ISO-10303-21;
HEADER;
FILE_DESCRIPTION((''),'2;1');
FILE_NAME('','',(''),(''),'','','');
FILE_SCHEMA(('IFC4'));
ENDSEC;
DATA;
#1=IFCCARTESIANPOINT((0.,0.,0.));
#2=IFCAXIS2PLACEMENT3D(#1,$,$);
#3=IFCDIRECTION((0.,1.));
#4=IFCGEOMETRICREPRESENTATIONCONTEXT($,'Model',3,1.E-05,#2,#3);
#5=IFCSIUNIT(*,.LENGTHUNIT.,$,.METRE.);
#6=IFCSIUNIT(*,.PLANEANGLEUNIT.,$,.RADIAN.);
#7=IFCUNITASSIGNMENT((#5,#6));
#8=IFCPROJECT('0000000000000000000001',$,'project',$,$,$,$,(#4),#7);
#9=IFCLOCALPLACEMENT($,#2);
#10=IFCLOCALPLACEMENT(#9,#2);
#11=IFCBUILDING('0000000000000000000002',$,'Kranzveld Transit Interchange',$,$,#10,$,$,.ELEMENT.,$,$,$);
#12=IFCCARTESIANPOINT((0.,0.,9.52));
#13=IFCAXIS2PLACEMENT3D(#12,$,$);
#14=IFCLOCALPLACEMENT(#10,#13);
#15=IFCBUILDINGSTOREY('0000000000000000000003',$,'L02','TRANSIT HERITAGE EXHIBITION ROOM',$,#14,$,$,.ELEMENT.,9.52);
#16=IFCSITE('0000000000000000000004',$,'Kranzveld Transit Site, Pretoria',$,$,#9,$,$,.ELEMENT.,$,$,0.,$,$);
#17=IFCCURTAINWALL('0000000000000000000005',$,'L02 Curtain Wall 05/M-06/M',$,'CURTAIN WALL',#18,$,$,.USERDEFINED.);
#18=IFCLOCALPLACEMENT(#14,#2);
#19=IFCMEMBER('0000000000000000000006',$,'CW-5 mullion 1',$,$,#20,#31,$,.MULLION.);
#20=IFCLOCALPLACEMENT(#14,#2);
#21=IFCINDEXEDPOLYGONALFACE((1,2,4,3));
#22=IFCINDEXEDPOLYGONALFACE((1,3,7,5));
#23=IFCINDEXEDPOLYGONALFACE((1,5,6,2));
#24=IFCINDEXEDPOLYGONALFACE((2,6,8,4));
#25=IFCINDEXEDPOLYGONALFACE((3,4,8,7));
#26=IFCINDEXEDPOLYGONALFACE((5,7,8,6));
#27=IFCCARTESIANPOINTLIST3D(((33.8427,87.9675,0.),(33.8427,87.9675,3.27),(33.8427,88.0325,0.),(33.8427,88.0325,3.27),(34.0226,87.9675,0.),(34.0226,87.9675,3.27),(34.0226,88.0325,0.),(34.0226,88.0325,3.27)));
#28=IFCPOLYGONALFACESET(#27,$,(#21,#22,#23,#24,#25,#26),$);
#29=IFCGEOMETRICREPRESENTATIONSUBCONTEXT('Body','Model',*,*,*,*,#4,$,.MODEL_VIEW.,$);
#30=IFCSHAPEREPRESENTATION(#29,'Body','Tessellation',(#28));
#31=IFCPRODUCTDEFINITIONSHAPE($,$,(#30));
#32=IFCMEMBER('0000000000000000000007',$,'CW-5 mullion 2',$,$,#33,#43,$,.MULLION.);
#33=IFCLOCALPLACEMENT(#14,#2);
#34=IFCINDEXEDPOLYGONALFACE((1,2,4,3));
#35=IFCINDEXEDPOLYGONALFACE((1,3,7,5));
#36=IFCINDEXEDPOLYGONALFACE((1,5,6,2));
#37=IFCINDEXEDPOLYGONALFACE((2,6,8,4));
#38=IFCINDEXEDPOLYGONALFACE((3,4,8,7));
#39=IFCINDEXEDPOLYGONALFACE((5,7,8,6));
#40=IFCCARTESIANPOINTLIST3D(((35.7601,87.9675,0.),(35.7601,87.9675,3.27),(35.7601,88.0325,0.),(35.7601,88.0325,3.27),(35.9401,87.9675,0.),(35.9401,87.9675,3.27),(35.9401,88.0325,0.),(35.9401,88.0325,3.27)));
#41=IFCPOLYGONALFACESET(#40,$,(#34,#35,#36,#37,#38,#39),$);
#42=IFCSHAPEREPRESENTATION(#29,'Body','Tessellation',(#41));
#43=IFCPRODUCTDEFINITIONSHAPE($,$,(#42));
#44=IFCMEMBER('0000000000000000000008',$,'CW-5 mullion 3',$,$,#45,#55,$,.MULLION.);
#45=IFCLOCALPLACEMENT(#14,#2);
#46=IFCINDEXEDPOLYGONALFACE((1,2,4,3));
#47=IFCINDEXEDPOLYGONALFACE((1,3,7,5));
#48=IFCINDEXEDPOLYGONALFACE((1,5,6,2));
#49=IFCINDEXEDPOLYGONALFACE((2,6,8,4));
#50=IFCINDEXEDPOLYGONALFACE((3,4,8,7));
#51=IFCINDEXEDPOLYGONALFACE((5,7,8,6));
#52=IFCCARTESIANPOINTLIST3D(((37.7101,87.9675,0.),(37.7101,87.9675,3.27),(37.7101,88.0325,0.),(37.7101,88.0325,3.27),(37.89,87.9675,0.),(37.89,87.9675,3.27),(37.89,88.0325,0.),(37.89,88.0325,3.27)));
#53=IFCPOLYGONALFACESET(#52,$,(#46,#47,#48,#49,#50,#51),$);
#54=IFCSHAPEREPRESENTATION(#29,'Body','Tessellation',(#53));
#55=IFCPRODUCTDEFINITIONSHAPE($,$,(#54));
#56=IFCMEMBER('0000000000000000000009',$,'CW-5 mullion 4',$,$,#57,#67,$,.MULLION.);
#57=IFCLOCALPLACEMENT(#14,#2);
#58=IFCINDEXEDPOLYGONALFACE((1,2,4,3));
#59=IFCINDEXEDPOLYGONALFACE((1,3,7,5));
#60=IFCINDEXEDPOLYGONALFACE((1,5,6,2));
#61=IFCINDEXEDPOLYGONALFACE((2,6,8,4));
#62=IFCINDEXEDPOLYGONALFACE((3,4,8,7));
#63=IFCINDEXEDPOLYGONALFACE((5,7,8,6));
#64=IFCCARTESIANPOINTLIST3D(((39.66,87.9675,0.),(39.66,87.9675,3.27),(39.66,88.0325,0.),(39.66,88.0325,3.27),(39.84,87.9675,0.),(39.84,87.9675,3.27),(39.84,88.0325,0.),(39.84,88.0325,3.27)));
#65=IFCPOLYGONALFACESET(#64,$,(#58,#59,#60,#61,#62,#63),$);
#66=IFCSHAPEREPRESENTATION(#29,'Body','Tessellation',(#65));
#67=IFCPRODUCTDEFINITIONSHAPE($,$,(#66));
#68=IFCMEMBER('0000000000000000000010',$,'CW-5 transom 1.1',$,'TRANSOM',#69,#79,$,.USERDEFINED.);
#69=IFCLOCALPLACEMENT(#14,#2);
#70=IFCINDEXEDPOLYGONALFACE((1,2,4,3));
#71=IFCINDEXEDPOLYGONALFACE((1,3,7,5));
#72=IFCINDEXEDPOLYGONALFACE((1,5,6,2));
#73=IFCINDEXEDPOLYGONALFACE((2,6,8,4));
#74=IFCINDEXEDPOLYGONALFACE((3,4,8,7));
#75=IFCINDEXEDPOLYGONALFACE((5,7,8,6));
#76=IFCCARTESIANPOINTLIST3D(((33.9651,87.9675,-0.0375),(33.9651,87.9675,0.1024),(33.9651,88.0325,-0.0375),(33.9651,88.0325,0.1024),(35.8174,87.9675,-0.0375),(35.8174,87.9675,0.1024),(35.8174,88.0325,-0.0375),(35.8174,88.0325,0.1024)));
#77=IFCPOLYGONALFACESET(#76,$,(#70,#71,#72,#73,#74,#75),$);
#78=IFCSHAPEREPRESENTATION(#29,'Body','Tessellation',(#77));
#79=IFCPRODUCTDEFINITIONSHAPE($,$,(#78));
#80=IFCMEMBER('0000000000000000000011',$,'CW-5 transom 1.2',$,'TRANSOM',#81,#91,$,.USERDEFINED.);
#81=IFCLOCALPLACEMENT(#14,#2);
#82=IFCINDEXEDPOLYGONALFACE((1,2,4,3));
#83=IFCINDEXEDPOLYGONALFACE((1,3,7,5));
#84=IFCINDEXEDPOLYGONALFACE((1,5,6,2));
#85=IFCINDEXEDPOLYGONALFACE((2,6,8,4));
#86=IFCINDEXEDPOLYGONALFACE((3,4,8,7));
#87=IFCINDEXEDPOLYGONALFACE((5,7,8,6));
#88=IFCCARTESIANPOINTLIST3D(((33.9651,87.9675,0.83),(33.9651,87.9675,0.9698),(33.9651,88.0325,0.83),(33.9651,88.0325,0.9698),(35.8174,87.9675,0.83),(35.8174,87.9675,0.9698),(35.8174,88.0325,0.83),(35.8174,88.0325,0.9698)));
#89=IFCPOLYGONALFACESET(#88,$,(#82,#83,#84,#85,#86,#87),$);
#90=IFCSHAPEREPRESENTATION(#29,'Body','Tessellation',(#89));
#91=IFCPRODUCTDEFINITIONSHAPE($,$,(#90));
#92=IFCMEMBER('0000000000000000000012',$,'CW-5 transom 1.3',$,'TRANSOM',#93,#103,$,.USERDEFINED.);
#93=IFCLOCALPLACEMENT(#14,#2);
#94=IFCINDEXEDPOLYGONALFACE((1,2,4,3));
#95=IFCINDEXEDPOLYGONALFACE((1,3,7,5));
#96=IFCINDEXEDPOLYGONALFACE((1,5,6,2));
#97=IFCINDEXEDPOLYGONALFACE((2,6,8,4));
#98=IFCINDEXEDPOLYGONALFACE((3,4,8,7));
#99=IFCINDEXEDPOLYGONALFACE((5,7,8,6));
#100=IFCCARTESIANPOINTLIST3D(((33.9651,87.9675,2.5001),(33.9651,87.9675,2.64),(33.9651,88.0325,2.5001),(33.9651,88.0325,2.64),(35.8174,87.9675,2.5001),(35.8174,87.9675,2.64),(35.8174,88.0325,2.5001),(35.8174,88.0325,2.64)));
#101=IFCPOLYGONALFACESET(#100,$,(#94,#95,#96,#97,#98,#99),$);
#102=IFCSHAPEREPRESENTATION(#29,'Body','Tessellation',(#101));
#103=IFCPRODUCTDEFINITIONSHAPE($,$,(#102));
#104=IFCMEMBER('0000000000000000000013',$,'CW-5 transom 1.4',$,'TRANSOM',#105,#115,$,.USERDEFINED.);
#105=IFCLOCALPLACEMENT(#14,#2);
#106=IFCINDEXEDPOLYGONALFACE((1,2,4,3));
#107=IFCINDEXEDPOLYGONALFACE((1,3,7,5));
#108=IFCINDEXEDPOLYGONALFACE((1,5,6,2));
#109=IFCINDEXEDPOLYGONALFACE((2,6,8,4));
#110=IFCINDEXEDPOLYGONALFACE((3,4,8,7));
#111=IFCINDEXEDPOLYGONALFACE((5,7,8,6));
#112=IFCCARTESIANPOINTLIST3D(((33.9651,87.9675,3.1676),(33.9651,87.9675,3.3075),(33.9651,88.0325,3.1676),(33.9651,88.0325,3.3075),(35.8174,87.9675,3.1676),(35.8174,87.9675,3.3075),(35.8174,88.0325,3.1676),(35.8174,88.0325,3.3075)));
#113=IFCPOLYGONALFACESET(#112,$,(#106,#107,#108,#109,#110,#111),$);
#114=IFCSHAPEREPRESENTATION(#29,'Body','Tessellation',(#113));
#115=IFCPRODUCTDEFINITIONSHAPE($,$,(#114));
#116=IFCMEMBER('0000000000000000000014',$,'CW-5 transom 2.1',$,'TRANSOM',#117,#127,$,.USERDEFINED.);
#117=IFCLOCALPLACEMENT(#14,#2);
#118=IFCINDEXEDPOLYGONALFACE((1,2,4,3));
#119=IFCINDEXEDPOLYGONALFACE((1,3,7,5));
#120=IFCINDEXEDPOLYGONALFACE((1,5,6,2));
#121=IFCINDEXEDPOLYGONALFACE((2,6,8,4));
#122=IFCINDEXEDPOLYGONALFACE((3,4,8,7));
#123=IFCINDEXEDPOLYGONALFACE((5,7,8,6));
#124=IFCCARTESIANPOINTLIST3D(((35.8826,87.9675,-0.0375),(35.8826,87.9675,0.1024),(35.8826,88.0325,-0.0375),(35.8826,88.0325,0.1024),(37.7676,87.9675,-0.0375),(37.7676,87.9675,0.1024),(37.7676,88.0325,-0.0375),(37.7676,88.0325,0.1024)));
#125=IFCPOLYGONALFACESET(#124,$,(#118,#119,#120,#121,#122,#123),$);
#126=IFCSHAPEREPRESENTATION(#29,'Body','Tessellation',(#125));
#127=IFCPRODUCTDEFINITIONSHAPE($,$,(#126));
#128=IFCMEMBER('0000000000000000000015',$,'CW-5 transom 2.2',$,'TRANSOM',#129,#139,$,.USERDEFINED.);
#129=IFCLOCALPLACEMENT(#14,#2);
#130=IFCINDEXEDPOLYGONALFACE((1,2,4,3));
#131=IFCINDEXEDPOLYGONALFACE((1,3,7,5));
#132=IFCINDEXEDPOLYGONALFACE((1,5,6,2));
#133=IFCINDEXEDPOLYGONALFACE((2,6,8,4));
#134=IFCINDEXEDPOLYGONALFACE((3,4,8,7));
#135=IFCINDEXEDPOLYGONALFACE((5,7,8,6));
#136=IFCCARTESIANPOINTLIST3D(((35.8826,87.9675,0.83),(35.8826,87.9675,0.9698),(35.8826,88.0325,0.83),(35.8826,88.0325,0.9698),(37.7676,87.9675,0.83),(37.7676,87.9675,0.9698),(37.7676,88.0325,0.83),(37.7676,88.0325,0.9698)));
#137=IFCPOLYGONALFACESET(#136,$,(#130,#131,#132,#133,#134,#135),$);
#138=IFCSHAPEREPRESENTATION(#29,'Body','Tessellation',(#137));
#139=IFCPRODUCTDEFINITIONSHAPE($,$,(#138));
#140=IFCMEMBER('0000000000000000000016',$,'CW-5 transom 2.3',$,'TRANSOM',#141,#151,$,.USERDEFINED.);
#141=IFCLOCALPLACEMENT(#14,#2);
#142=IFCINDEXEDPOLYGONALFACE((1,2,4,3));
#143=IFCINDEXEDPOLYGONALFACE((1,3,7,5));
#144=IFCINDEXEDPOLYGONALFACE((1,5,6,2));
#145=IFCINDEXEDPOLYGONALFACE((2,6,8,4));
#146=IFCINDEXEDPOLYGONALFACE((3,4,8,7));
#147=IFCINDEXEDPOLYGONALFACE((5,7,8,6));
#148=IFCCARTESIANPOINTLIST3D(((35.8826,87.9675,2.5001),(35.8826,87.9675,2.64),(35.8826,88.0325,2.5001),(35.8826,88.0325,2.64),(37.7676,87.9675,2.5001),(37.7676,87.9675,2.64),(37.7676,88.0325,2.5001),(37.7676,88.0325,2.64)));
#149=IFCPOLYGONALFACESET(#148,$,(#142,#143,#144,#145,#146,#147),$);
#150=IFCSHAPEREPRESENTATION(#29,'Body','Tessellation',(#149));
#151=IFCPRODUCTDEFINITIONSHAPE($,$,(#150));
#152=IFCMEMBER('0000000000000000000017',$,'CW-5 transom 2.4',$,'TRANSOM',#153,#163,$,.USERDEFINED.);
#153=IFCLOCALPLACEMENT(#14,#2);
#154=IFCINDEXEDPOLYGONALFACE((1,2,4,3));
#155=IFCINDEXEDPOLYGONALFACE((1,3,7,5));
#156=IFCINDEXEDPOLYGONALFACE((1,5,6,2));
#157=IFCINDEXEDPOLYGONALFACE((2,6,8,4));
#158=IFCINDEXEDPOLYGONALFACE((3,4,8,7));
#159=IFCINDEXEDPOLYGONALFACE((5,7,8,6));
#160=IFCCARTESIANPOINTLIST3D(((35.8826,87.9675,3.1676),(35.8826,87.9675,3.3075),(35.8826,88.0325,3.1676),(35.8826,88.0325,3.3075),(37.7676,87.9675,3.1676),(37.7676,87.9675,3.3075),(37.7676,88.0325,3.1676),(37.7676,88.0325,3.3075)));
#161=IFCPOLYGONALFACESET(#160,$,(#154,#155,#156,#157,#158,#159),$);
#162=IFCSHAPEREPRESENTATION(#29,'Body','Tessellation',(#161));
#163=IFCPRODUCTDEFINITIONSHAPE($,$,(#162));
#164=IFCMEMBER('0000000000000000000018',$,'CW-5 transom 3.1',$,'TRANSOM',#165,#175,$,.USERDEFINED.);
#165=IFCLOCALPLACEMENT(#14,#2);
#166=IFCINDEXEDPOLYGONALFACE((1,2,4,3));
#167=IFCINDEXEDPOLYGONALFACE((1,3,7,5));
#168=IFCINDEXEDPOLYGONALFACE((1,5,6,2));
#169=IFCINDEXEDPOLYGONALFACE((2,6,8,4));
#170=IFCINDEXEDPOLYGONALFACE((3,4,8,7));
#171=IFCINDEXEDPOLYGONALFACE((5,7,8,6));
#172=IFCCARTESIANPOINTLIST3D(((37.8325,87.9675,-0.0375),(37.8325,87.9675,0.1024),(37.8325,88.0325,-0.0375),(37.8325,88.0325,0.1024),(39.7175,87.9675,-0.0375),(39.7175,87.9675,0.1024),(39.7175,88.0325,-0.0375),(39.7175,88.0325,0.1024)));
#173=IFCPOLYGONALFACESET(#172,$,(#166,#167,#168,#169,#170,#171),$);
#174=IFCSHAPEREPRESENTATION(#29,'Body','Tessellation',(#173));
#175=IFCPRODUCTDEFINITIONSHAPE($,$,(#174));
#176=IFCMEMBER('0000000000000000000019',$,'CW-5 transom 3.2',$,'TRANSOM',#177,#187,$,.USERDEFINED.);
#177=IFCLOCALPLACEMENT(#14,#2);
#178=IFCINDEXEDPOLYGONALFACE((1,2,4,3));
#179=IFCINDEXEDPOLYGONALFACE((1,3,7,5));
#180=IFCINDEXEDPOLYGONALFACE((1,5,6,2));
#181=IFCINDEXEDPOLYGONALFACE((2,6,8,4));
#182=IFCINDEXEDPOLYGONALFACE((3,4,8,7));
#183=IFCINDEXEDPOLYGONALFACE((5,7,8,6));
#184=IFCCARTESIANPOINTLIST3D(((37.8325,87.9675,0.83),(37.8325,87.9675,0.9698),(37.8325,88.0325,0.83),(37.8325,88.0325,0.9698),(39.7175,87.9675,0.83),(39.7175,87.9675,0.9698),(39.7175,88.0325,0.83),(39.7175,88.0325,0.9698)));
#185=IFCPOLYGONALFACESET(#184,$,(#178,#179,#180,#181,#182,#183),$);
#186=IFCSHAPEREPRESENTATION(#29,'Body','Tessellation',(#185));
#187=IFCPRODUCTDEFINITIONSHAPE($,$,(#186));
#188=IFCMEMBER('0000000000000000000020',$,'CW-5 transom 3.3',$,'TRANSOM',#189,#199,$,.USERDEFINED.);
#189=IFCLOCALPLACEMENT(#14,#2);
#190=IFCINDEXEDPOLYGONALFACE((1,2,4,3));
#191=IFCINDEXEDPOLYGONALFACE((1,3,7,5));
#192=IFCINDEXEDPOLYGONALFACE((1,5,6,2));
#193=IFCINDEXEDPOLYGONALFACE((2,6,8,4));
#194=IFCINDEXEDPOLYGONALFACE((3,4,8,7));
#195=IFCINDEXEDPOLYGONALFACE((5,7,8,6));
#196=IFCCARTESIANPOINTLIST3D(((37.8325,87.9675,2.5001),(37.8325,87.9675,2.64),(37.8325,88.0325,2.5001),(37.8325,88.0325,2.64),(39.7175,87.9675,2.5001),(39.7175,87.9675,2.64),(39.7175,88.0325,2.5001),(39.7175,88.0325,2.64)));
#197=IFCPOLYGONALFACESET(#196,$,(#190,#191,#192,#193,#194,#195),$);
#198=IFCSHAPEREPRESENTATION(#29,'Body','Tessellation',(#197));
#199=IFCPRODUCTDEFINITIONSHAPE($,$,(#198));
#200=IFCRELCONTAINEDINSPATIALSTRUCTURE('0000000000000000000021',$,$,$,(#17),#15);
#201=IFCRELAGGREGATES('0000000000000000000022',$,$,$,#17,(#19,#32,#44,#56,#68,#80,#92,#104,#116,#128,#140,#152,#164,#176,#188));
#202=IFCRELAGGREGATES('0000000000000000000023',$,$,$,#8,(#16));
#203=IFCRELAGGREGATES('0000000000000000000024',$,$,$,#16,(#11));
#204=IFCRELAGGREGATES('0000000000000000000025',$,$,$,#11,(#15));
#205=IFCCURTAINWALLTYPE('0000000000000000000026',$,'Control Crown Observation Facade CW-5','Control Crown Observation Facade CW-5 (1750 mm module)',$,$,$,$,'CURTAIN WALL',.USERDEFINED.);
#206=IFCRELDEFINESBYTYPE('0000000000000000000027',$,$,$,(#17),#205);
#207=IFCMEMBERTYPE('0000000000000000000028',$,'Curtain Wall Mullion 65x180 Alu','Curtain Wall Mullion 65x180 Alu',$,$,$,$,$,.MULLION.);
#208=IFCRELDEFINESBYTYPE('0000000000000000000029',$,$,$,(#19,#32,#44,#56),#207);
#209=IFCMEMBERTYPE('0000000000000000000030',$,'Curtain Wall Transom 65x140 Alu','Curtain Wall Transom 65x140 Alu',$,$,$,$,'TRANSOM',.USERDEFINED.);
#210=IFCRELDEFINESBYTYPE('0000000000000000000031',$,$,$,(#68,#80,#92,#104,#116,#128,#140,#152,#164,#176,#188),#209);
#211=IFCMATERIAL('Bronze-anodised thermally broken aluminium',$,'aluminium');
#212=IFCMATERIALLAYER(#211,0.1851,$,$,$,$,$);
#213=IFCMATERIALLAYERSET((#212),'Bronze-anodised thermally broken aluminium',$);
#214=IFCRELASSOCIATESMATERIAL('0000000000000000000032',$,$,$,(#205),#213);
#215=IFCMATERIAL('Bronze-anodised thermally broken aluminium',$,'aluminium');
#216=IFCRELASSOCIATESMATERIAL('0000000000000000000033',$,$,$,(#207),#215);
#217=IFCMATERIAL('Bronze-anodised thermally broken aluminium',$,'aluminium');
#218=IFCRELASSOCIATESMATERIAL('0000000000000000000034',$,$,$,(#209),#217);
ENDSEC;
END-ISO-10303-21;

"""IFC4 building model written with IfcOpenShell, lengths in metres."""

from ifc_helpers import new_model, si_unit, direction, frame, origin, origin_2d, place, context, subcontext, project, spatial, rectangle, extrude, material, layer, layer_set, material_profile, profile_set, type_object, element, aggregate, save


model = new_model("IFC4")

# Units and contexts
model_context = context("Model", 3, precision=1e-05, world=origin(), true_north=direction((0.0, 1.0)))
body_context = subcontext(model_context, "Body", "Model", "MODEL_VIEW")
ifc_project = project(units=[si_unit("LENGTHUNIT", "METRE"), si_unit("PLANEANGLEUNIT", "RADIAN")], contexts=[model_context])

# Site, building, storey
site_placement = place(None, origin())
site = spatial("IfcSite", under=ifc_project, at=site_placement, Name="Kranzveld Transit Site, Pretoria", CompositionType="ELEMENT", RefElevation=0.0)
building_placement = place(site_placement, origin())
building = spatial("IfcBuilding", under=site, at=building_placement, Name="Kranzveld Transit Interchange", CompositionType="ELEMENT")
storey_placement = place(building_placement, frame((0.0, 0.0, 9.52)))
storey = spatial("IfcBuildingStorey", under=building, at=storey_placement, Name="L02", Description="TRANSIT HERITAGE EXHIBITION ROOM", CompositionType="ELEMENT", Elevation=9.52)

# Curtain wall, members
ifc_material_1 = material(Name="Bronze-anodised thermally broken aluminium", Category="aluminium")
ifc_layer_1 = layer(ifc_material_1, 0.1851)
ifc_layer_set_1 = layer_set([ifc_layer_1], Name="Bronze-anodised thermally broken aluminium")
curtain_wall_type = type_object("IfcCurtainWallType", Name="Control Crown Observation Facade CW-5", Description="Control Crown Observation Facade CW-5 (1750 mm module)", ElementType="CURTAIN WALL", PredefinedType="USERDEFINED", material=ifc_layer_set_1)
curtain_wall_placement = place(storey_placement, origin())
curtain_wall = element("IfcCurtainWall", 1, at=curtain_wall_placement, inside=storey, type_object=curtain_wall_type, Name="L02 Curtain Wall 05/M-06/M", ObjectType="CURTAIN WALL", PredefinedType="USERDEFINED")
ifc_material_2 = material(Name="Bronze-anodised thermally broken aluminium", Category="aluminium")
ifc_material_profile_1 = material_profile(ifc_material_2, rectangle(XDim=0.0649, YDim=0.1799, at=origin_2d()), Name="ALU MULLION 65x180")
ifc_profile_set_1 = profile_set([ifc_material_profile_1], Name="Bronze-anodised thermally broken aluminium")
member_type_1 = type_object("IfcMemberType", Name="Curtain Wall Mullion 65x180 Alu", Description="Curtain Wall Mullion 65x180 Alu", PredefinedType="MULLION", material=ifc_profile_set_1)
member_1_placement = place(storey_placement, frame((33.9326, 88.0, 0.0), z_axis=(0.0, 0.0, 1.0), x_axis=(0.0, 1.0, 0.0)))
member_1 = element("IfcMember", 2, at=member_1_placement, type_object=member_type_1, Name="CW-5 mullion 1", PredefinedType="MULLION", context=body_context, shape_type="SweptSolid", body=[
    extrude(rectangle(XDim=0.0649, YDim=0.1799, at=origin_2d()), origin(), (0.0, 0.0, 1.0), 3.27),
])
member_2_placement = place(storey_placement, frame((35.8501, 88.0, 0.0), z_axis=(0.0, 0.0, 1.0), x_axis=(0.0, 1.0, 0.0)))
member_2 = element("IfcMember", 3, at=member_2_placement, type_object=member_type_1, Name="CW-5 mullion 2", PredefinedType="MULLION", context=body_context, shape_type="SweptSolid", body=[
    extrude(rectangle(XDim=0.0649, YDim=0.1799, at=origin_2d()), origin(), (0.0, 0.0, 1.0), 3.27),
])
member_3_placement = place(storey_placement, frame((37.8, 88.0, 0.0), z_axis=(0.0, 0.0, 1.0), x_axis=(0.0, 1.0, 0.0)))
member_3 = element("IfcMember", 4, at=member_3_placement, type_object=member_type_1, Name="CW-5 mullion 3", PredefinedType="MULLION", context=body_context, shape_type="SweptSolid", body=[
    extrude(rectangle(XDim=0.0649, YDim=0.1799, at=origin_2d()), origin(), (0.0, 0.0, 1.0), 3.27),
])
member_4_placement = place(storey_placement, frame((39.75, 88.0, 0.0), z_axis=(0.0, 0.0, 1.0), x_axis=(0.0, 1.0, 0.0)))
member_4 = element("IfcMember", 5, at=member_4_placement, type_object=member_type_1, Name="CW-5 mullion 4", PredefinedType="MULLION", context=body_context, shape_type="SweptSolid", body=[
    extrude(rectangle(XDim=0.0649, YDim=0.1799, at=origin_2d()), origin(), (0.0, 0.0, 1.0), 3.27),
])
ifc_material_3 = material(Name="Bronze-anodised thermally broken aluminium", Category="aluminium")
ifc_material_profile_2 = material_profile(ifc_material_3, rectangle(XDim=0.0649, YDim=0.1399, at=origin_2d()), Name="ALU TRANSOM 65x140")
ifc_profile_set_2 = profile_set([ifc_material_profile_2], Name="Bronze-anodised thermally broken aluminium")
member_type_2 = type_object("IfcMemberType", Name="Curtain Wall Transom 65x140 Alu", Description="Curtain Wall Transom 65x140 Alu", ElementType="TRANSOM", PredefinedType="USERDEFINED", material=ifc_profile_set_2)
member_5_placement = place(storey_placement, frame((33.9651, 88.0, 0.0325), z_axis=(1.0, 0.0, 0.0), x_axis=(0.0, 1.0, 0.0)))
member_5 = element("IfcMember", 6, at=member_5_placement, type_object=member_type_2, Name="CW-5 transom 1.1", ObjectType="TRANSOM", PredefinedType="USERDEFINED", context=body_context, shape_type="SweptSolid", body=[
    extrude(rectangle(XDim=0.0649, YDim=0.1399, at=origin_2d()), origin(), (0.0, 0.0, 1.0), 1.8523),
])
member_6_placement = place(storey_placement, frame((33.9651, 88.0, 0.8999), z_axis=(1.0, 0.0, 0.0), x_axis=(0.0, 1.0, 0.0)))
member_6 = element("IfcMember", 7, at=member_6_placement, type_object=member_type_2, Name="CW-5 transom 1.2", ObjectType="TRANSOM", PredefinedType="USERDEFINED", context=body_context, shape_type="SweptSolid", body=[
    extrude(rectangle(XDim=0.0649, YDim=0.1399, at=origin_2d()), origin(), (0.0, 0.0, 1.0), 1.8523),
])
member_7_placement = place(storey_placement, frame((33.9651, 88.0, 2.5701), z_axis=(1.0, 0.0, 0.0), x_axis=(0.0, 1.0, 0.0)))
member_7 = element("IfcMember", 8, at=member_7_placement, type_object=member_type_2, Name="CW-5 transom 1.3", ObjectType="TRANSOM", PredefinedType="USERDEFINED", context=body_context, shape_type="SweptSolid", body=[
    extrude(rectangle(XDim=0.0649, YDim=0.1399, at=origin_2d()), origin(), (0.0, 0.0, 1.0), 1.8523),
])
member_8_placement = place(storey_placement, frame((33.9651, 88.0, 3.2375), z_axis=(1.0, 0.0, 0.0), x_axis=(0.0, 1.0, 0.0)))
member_8 = element("IfcMember", 9, at=member_8_placement, type_object=member_type_2, Name="CW-5 transom 1.4", ObjectType="TRANSOM", PredefinedType="USERDEFINED", context=body_context, shape_type="SweptSolid", body=[
    extrude(rectangle(XDim=0.0649, YDim=0.1399, at=origin_2d()), origin(), (0.0, 0.0, 1.0), 1.8523),
])
member_9_placement = place(storey_placement, frame((35.8826, 88.0, 0.0325), z_axis=(1.0, 0.0, 0.0), x_axis=(0.0, 1.0, 0.0)))
member_9 = element("IfcMember", 10, at=member_9_placement, type_object=member_type_2, Name="CW-5 transom 2.1", ObjectType="TRANSOM", PredefinedType="USERDEFINED", context=body_context, shape_type="SweptSolid", body=[
    extrude(rectangle(XDim=0.0649, YDim=0.1399, at=origin_2d()), origin(), (0.0, 0.0, 1.0), 1.885),
])
member_10_placement = place(storey_placement, frame((35.8826, 88.0, 0.8999), z_axis=(1.0, 0.0, 0.0), x_axis=(0.0, 1.0, 0.0)))
member_10 = element("IfcMember", 11, at=member_10_placement, type_object=member_type_2, Name="CW-5 transom 2.2", ObjectType="TRANSOM", PredefinedType="USERDEFINED", context=body_context, shape_type="SweptSolid", body=[
    extrude(rectangle(XDim=0.0649, YDim=0.1399, at=origin_2d()), origin(), (0.0, 0.0, 1.0), 1.885),
])
member_11_placement = place(storey_placement, frame((35.8826, 88.0, 2.5701), z_axis=(1.0, 0.0, 0.0), x_axis=(0.0, 1.0, 0.0)))
member_11 = element("IfcMember", 12, at=member_11_placement, type_object=member_type_2, Name="CW-5 transom 2.3", ObjectType="TRANSOM", PredefinedType="USERDEFINED", context=body_context, shape_type="SweptSolid", body=[
    extrude(rectangle(XDim=0.0649, YDim=0.1399, at=origin_2d()), origin(), (0.0, 0.0, 1.0), 1.885),
])
member_12_placement = place(storey_placement, frame((35.8826, 88.0, 3.2375), z_axis=(1.0, 0.0, 0.0), x_axis=(0.0, 1.0, 0.0)))
member_12 = element("IfcMember", 13, at=member_12_placement, type_object=member_type_2, Name="CW-5 transom 2.4", ObjectType="TRANSOM", PredefinedType="USERDEFINED", context=body_context, shape_type="SweptSolid", body=[
    extrude(rectangle(XDim=0.0649, YDim=0.1399, at=origin_2d()), origin(), (0.0, 0.0, 1.0), 1.885),
])
member_13_placement = place(storey_placement, frame((37.8325, 88.0, 0.0325), z_axis=(1.0, 0.0, 0.0), x_axis=(0.0, 1.0, 0.0)))
member_13 = element("IfcMember", 14, at=member_13_placement, type_object=member_type_2, Name="CW-5 transom 3.1", ObjectType="TRANSOM", PredefinedType="USERDEFINED", context=body_context, shape_type="SweptSolid", body=[
    extrude(rectangle(XDim=0.0649, YDim=0.1399, at=origin_2d()), origin(), (0.0, 0.0, 1.0), 1.885),
])
member_14_placement = place(storey_placement, frame((37.8325, 88.0, 0.8999), z_axis=(1.0, 0.0, 0.0), x_axis=(0.0, 1.0, 0.0)))
member_14 = element("IfcMember", 15, at=member_14_placement, type_object=member_type_2, Name="CW-5 transom 3.2", ObjectType="TRANSOM", PredefinedType="USERDEFINED", context=body_context, shape_type="SweptSolid", body=[
    extrude(rectangle(XDim=0.0649, YDim=0.1399, at=origin_2d()), origin(), (0.0, 0.0, 1.0), 1.885),
])
member_15_placement = place(storey_placement, frame((37.8325, 88.0, 2.5701), z_axis=(1.0, 0.0, 0.0), x_axis=(0.0, 1.0, 0.0)))
member_15 = element("IfcMember", 16, at=member_15_placement, type_object=member_type_2, Name="CW-5 transom 3.3", ObjectType="TRANSOM", PredefinedType="USERDEFINED", context=body_context, shape_type="SweptSolid", body=[
    extrude(rectangle(XDim=0.0649, YDim=0.1399, at=origin_2d()), origin(), (0.0, 0.0, 1.0), 1.885),
])

aggregate(curtain_wall, [member_1, member_2, member_3, member_4, member_5, member_6, member_7, member_8, member_9, member_10, member_11, member_12, member_13, member_14, member_15])

save(model, "model.ifc")
